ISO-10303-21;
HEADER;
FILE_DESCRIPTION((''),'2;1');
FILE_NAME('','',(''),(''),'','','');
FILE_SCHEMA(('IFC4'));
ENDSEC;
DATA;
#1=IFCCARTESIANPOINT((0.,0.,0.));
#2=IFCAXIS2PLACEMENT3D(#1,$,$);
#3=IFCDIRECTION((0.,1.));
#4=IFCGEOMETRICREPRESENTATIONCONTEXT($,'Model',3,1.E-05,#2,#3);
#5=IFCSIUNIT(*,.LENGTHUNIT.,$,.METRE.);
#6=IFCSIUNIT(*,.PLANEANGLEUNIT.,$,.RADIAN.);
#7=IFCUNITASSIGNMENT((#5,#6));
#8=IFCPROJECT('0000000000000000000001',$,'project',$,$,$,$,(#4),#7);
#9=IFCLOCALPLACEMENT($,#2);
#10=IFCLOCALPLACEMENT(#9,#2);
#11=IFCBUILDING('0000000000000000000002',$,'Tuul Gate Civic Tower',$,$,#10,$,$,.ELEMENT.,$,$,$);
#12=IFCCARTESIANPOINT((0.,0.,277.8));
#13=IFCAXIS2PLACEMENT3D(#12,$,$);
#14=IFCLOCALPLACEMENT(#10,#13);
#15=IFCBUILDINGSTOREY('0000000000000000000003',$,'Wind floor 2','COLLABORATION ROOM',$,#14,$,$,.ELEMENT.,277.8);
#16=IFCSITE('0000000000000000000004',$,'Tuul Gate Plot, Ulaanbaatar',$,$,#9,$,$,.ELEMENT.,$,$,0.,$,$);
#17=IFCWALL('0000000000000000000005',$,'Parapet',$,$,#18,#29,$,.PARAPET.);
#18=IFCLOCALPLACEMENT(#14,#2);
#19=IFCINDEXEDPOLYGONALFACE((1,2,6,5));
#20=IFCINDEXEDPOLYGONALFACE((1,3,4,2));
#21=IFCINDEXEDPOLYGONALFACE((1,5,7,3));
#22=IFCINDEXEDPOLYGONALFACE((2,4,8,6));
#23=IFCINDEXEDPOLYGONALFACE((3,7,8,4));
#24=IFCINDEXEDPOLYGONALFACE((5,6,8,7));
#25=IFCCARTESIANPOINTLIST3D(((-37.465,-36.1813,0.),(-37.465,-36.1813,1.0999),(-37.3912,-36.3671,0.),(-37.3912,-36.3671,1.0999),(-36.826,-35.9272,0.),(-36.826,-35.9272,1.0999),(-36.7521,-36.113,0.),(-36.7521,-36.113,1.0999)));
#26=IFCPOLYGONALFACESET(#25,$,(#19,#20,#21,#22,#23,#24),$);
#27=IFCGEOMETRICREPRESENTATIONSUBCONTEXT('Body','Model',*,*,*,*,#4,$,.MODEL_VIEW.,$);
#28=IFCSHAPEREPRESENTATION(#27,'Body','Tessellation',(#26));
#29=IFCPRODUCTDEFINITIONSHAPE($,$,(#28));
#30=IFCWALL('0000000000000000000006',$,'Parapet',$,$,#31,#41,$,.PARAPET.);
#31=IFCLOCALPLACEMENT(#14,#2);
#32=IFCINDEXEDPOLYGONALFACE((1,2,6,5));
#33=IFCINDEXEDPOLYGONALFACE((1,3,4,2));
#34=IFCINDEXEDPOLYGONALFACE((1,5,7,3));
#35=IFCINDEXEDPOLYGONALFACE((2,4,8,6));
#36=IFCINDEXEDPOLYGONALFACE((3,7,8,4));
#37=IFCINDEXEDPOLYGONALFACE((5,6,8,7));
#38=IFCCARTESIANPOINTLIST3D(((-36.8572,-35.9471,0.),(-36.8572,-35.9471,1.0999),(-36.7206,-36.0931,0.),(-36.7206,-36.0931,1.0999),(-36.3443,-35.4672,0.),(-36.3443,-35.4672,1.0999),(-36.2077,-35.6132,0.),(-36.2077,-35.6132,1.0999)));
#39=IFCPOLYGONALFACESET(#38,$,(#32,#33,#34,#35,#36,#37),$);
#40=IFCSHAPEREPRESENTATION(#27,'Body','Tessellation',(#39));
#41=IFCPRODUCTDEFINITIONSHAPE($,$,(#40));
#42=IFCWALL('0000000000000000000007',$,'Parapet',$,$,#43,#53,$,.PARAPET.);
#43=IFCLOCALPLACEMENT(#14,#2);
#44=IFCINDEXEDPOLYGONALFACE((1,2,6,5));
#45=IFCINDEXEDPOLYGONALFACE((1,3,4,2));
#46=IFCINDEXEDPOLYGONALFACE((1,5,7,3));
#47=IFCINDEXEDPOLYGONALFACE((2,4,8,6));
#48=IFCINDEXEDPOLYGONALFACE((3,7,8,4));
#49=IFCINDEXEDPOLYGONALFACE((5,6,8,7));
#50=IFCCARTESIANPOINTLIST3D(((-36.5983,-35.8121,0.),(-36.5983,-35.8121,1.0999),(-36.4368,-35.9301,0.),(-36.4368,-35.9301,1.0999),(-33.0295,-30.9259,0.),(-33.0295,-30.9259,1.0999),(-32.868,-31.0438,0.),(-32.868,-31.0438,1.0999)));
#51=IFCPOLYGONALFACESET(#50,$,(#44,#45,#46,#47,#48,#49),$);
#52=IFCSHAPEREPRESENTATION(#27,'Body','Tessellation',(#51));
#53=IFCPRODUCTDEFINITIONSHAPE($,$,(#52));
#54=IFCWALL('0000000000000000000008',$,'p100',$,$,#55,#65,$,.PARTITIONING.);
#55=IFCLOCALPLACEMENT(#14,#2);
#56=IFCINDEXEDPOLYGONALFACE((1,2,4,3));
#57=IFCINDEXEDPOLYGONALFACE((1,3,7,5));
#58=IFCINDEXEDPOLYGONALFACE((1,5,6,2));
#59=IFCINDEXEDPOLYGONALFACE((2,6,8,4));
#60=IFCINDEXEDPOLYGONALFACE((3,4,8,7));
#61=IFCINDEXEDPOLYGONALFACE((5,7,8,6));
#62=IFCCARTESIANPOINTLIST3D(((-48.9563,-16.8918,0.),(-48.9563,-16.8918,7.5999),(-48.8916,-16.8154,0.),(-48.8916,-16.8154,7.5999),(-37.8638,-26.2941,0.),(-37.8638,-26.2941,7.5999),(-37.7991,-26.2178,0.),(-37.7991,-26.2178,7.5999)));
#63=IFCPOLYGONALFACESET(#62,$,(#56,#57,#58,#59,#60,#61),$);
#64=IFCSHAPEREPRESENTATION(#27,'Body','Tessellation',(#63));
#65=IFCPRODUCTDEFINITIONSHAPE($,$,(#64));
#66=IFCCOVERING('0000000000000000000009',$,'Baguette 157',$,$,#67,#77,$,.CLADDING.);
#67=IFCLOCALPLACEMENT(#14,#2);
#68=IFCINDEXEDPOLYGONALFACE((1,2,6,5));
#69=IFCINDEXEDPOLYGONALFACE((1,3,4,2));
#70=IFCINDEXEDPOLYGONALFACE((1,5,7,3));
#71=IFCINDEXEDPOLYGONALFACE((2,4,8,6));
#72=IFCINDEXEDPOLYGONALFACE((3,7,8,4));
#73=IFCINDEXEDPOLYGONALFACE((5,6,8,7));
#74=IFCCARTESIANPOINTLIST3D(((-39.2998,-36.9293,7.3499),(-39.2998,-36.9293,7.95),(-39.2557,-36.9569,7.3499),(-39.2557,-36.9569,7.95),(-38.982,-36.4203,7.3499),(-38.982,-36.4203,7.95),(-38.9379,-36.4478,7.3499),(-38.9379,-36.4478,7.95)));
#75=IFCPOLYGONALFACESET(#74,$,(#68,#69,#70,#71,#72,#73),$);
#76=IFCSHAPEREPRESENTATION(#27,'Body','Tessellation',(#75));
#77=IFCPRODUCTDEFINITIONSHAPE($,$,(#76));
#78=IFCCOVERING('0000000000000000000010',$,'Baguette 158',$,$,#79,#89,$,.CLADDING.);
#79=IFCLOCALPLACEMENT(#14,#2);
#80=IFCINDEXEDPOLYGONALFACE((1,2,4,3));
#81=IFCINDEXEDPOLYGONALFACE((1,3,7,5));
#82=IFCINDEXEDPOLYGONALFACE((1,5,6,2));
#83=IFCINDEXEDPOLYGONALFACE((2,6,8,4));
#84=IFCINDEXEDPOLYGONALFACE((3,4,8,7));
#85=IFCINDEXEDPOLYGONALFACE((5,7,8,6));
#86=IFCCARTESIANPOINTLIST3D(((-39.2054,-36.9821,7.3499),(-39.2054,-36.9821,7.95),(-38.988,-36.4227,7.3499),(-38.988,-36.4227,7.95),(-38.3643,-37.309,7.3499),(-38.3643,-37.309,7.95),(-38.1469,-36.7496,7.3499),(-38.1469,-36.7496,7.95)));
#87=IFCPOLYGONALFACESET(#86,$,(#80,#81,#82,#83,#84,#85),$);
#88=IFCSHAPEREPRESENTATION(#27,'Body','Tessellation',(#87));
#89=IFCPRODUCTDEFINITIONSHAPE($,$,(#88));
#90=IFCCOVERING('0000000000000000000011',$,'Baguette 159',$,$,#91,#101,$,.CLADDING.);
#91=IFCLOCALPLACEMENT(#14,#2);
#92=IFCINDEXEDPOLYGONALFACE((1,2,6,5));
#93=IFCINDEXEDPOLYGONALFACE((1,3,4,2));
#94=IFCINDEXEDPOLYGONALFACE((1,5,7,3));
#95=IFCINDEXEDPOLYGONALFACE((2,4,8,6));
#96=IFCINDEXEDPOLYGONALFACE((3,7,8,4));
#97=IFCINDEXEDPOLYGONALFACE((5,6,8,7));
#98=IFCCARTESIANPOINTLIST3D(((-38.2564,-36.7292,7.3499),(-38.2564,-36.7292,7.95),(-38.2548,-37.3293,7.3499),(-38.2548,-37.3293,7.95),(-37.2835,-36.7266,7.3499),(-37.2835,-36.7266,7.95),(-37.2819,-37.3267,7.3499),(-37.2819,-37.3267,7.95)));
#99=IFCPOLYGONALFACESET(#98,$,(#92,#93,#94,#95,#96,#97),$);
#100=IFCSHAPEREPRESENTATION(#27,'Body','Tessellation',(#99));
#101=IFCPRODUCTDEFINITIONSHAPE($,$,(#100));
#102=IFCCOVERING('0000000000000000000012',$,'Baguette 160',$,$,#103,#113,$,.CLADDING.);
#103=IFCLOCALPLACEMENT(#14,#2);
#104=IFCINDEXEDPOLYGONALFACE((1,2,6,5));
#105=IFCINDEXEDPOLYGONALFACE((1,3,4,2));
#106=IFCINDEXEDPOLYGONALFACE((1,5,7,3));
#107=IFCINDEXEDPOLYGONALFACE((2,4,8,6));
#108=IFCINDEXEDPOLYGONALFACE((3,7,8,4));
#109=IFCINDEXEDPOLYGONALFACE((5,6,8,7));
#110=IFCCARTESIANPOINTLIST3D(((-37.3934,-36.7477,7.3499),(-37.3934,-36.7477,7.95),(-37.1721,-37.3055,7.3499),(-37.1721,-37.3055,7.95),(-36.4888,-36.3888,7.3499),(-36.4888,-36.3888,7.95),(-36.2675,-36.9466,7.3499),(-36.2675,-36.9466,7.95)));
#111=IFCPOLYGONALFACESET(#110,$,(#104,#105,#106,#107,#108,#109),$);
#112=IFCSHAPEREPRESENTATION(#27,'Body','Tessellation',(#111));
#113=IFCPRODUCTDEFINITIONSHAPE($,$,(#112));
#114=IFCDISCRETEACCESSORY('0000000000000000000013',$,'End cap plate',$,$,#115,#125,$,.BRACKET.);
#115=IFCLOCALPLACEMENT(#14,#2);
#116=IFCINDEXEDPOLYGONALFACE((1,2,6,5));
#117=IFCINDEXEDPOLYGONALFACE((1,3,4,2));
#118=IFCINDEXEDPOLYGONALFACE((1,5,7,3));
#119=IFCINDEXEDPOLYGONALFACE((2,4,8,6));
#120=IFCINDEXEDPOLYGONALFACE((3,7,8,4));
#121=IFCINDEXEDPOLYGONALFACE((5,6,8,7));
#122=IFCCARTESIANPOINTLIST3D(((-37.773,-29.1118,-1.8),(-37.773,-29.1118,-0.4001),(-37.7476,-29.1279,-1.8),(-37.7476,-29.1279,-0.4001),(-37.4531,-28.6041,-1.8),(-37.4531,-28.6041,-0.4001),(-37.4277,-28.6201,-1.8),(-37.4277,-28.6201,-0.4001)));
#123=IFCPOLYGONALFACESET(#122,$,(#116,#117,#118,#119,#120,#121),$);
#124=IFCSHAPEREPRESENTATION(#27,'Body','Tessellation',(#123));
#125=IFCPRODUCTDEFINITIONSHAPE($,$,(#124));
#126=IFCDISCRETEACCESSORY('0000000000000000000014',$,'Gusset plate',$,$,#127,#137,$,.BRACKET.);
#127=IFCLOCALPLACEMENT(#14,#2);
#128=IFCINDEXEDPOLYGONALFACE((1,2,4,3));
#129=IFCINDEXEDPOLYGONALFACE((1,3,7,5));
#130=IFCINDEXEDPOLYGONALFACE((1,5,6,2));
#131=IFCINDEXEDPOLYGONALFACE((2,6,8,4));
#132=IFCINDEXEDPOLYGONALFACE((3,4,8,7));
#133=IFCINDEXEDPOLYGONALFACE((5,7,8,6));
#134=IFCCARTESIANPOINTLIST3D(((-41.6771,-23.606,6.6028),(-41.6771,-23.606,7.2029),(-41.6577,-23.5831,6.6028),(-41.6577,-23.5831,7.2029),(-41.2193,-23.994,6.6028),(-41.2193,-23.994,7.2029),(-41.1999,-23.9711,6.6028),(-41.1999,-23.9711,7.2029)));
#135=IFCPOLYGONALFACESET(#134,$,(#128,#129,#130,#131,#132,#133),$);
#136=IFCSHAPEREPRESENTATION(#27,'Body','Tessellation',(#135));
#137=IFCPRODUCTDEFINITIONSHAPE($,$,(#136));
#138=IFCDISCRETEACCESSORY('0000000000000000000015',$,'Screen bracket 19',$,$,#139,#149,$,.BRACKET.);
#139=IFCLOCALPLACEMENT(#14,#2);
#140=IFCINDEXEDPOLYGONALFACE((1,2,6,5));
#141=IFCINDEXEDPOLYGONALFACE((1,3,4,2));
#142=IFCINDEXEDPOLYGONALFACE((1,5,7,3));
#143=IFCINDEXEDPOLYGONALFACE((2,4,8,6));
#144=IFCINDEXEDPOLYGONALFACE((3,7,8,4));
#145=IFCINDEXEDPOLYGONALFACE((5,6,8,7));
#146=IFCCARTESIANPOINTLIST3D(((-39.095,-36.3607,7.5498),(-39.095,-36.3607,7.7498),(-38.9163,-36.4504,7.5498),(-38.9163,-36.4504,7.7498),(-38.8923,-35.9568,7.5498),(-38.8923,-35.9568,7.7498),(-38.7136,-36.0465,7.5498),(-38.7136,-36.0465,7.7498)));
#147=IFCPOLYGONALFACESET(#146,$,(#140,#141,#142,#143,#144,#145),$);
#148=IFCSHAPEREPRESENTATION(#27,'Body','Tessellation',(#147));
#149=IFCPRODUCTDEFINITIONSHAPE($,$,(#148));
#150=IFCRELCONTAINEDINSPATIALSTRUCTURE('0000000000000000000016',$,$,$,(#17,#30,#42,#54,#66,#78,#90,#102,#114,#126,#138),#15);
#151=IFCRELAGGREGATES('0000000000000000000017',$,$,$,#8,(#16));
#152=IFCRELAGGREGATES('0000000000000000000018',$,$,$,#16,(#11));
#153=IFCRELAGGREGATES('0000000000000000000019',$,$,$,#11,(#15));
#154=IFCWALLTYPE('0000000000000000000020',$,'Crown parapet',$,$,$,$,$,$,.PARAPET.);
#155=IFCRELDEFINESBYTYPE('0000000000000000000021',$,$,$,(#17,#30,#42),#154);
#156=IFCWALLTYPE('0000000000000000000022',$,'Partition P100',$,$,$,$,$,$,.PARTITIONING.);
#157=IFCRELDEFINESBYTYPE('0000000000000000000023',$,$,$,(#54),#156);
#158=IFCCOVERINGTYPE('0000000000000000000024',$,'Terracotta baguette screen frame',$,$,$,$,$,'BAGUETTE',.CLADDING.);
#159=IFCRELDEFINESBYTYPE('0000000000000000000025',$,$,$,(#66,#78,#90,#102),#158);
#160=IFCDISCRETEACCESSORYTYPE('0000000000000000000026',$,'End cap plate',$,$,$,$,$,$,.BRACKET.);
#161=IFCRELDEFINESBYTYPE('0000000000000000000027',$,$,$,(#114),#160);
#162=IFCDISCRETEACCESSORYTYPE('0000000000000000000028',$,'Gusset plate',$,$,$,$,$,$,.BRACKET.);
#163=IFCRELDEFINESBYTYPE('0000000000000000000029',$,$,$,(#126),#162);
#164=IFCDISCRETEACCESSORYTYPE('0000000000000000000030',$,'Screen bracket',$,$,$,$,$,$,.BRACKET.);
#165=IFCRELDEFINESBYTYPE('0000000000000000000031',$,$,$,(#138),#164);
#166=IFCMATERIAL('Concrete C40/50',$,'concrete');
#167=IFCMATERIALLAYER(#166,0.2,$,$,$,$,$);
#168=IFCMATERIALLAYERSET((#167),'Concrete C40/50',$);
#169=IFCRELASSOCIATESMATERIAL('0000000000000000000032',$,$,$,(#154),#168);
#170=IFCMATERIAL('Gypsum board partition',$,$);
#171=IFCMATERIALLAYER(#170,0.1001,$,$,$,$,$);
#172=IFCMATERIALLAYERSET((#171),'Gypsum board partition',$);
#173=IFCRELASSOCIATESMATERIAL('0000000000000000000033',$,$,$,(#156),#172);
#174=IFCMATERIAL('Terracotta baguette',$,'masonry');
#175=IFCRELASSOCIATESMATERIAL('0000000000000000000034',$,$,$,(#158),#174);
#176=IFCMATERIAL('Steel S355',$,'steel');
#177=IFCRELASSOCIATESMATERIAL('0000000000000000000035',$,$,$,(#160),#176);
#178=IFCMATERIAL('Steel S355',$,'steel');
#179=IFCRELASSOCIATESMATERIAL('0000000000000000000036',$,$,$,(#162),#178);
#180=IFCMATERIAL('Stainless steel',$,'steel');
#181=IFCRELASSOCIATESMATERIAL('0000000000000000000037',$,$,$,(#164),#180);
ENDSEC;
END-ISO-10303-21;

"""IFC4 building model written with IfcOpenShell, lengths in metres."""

from ifc_helpers import new_model, si_unit, direction, frame, frame_2d, origin, origin_2d, place, context, subcontext, project, spatial, rectangle, extrude, material, layer, layer_set, material_profile, profile_set, type_object, element, save


model = new_model("IFC4")

# Units and contexts
model_context = context("Model", 3, precision=1e-05, world=origin(), true_north=direction((0.0, 1.0)))
body_context = subcontext(model_context, "Body", "Model", "MODEL_VIEW")
ifc_project = project(units=[si_unit("LENGTHUNIT", "METRE"), si_unit("PLANEANGLEUNIT", "RADIAN")], contexts=[model_context])

# Site, building, storey
site_placement = place(None, origin())
site = spatial("IfcSite", under=ifc_project, at=site_placement, Name="Tuul Gate Plot, Ulaanbaatar", CompositionType="ELEMENT", RefElevation=0.0)
building_placement = place(site_placement, origin())
building = spatial("IfcBuilding", under=site, at=building_placement, Name="Tuul Gate Civic Tower", CompositionType="ELEMENT")
storey_placement = place(building_placement, frame((0.0, 0.0, 277.8)))
storey = spatial("IfcBuildingStorey", under=building, at=storey_placement, Name="Wind floor 2", Description="COLLABORATION ROOM", CompositionType="ELEMENT", Elevation=277.8)

# Walls
ifc_material_1 = material(Name="Concrete C40/50", Category="concrete")
ifc_layer_1 = layer(ifc_material_1, 0.2)
ifc_layer_set_1 = layer_set([ifc_layer_1], Name="Concrete C40/50")
wall_type_1 = type_object("IfcWallType", Name="Crown parapet", PredefinedType="PARAPET", material=ifc_layer_set_1)
wall_1_placement = place(storey_placement, frame((-37.428, -36.2742, 0.0), z_axis=(0.0, 0.0, 1.0), x_axis=(0.929234, 0.369493, 0.0)))
element("IfcWall", 1, at=wall_1_placement, inside=storey, type_object=wall_type_1, Name="Parapet", PredefinedType="PARAPET", context=body_context, shape_type="SweptSolid", body=[
    extrude(rectangle(XDim=0.6877, YDim=0.2, at=frame_2d((0.3438, 0.0))), origin(), (0.0, 0.0, 1.0), 1.0999),
])
wall_2_placement = place(storey_placement, frame((-36.7888, -36.02, 0.0), z_axis=(0.0, 0.0, 1.0), x_axis=(0.730176, 0.683259, 0.0)))
element("IfcWall", 2, at=wall_2_placement, inside=storey, type_object=wall_type_1, Name="Parapet", PredefinedType="PARAPET", context=body_context, shape_type="SweptSolid", body=[
    extrude(rectangle(XDim=0.7024, YDim=0.2, at=frame_2d((0.3511, 0.0))), origin(), (0.0, 0.0, 1.0), 1.0999),
])
wall_3_placement = place(storey_placement, frame((-36.5176, -35.8711, 0.0), z_axis=(0.0, 0.0, 1.0), x_axis=(0.589816, 0.807537, 0.0)))
element("IfcWall", 3, at=wall_3_placement, inside=storey, type_object=wall_type_1, Name="Parapet", PredefinedType="PARAPET", context=body_context, shape_type="SweptSolid", body=[
    extrude(rectangle(XDim=6.0508, YDim=0.2, at=frame_2d((3.0254, 0.0))), origin(), (0.0, 0.0, 1.0), 1.0999),
])
ifc_material_2 = material(Name="Gypsum board partition")
ifc_layer_2 = layer(ifc_material_2, 0.1001)
ifc_layer_set_2 = layer_set([ifc_layer_2], Name="Gypsum board partition")
wall_type_2 = type_object("IfcWallType", Name="Partition P100", PredefinedType="PARTITIONING", material=ifc_layer_set_2)
wall_4_placement = place(storey_placement, frame((-37.8315, -26.2559, 0.0), z_axis=(0.0, 0.0, 1.0), x_axis=(-0.762831, 0.646598, 0.0)))
element("IfcWall", 4, at=wall_4_placement, inside=storey, type_object=wall_type_2, Name="p100", PredefinedType="PARTITIONING", context=body_context, shape_type="SweptSolid", body=[
    extrude(rectangle(XDim=14.5413, YDim=0.1001, at=frame_2d((7.2705, 0.0))), origin(), (0.0, 0.0, 1.0), 7.5999),
])

# Coverings
ifc_material_3 = material(Name="Terracotta baguette", Category="masonry")
ifc_material_profile_1 = material_profile(ifc_material_3, rectangle(XDim=0.6001, YDim=0.6001, at=origin_2d()), Name="Terracotta baguette screen frame")
ifc_profile_set_1 = profile_set([ifc_material_profile_1], Name="Terracotta baguette")
covering_type = type_object("IfcCoveringType", Name="Terracotta baguette screen frame", ElementType="BAGUETTE", PredefinedType="CLADDING", material=ifc_profile_set_1)
covering_1_placement = place(storey_placement, frame((-39.1409, -36.6748, 7.6499), z_axis=(0.848261, -0.529578, 0.0), x_axis=(0.529578, 0.848261, 0.0)))
element("IfcCovering", 5, at=covering_1_placement, inside=storey, type_object=covering_type, Name="Baguette 157", PredefinedType="CLADDING", context=body_context, shape_type="SweptSolid", body=[
    extrude(rectangle(XDim=0.6001, YDim=0.6001, at=origin_2d()), origin(), (0.0, 0.0, 1.0), 0.052),
])
covering_2_placement = place(storey_placement, frame((-39.0967, -36.7024, 7.6499), z_axis=(0.932071, -0.362277, 0.0), x_axis=(0.362277, 0.932071, 0.0)))
element("IfcCovering", 6, at=covering_2_placement, inside=storey, type_object=covering_type, Name="Baguette 158", PredefinedType="CLADDING", context=body_context, shape_type="SweptSolid", body=[
    extrude(rectangle(XDim=0.6001, YDim=0.6001, at=origin_2d()), origin(), (0.0, 0.0, 1.0), 0.9023),
])
covering_3_placement = place(storey_placement, frame((-38.2556, -37.0293, 7.6499), z_axis=(0.999996, 0.00276, 0.0), x_axis=(-0.00276, 0.999996, 0.0)))
element("IfcCovering", 7, at=covering_3_placement, inside=storey, type_object=covering_type, Name="Baguette 159", PredefinedType="CLADDING", context=body_context, shape_type="SweptSolid", body=[
    extrude(rectangle(XDim=0.6001, YDim=0.6001, at=origin_2d()), origin(), (0.0, 0.0, 1.0), 0.9729),
])
covering_4_placement = place(storey_placement, frame((-37.2827, -37.0266, 7.6499), z_axis=(0.929511, 0.368794, 0.0), x_axis=(-0.368794, 0.929511, 0.0)))
element("IfcCovering", 8, at=covering_4_placement, inside=storey, type_object=covering_type, Name="Baguette 160", PredefinedType="CLADDING", context=body_context, shape_type="SweptSolid", body=[
    extrude(rectangle(XDim=0.6001, YDim=0.6001, at=origin_2d()), origin(), (0.0, 0.0, 1.0), 0.9731),
])

# Discrete accessories
ifc_material_4 = material(Name="Steel S355", Category="steel")
discrete_accessory_type_1 = type_object("IfcDiscreteAccessoryType", Name="End cap plate", PredefinedType="BRACKET", material=ifc_material_4)
discrete_accessory_1_placement = place(storey_placement, frame((-37.6003, -28.866, -1.8), z_axis=(0.0, 0.0, 1.0), x_axis=(0.846132, -0.532973, 0.0)))
element("IfcDiscreteAccessory", 9, at=discrete_accessory_1_placement, inside=storey, type_object=discrete_accessory_type_1, Name="End cap plate", PredefinedType="BRACKET", context=body_context, shape_type="SweptSolid", body=[
    extrude(rectangle(XDim=0.03, YDim=0.6001, at=origin_2d()), origin(), (0.0, 0.0, 1.0), 1.3999),
])
ifc_material_5 = material(Name="Steel S355", Category="steel")
discrete_accessory_type_2 = type_object("IfcDiscreteAccessoryType", Name="Gusset plate", PredefinedType="BRACKET", material=ifc_material_5)
discrete_accessory_2_placement = place(storey_placement, frame((-41.4385, -23.7886, 6.6028), z_axis=(0.0, 0.0, 1.0), x_axis=(-0.762825, 0.646605, 0.0)))
element("IfcDiscreteAccessory", 10, at=discrete_accessory_2_placement, inside=storey, type_object=discrete_accessory_type_2, Name="Gusset plate", PredefinedType="BRACKET", context=body_context, shape_type="SweptSolid", body=[
    extrude(rectangle(XDim=0.6001, YDim=0.03, at=origin_2d()), origin(), (0.0, 0.0, 1.0), 0.6001),
])
ifc_material_6 = material(Name="Stainless steel", Category="steel")
discrete_accessory_type_3 = type_object("IfcDiscreteAccessoryType", Name="Screen bracket", PredefinedType="BRACKET", material=ifc_material_6)
discrete_accessory_3_placement = place(storey_placement, frame((-38.9043, -36.2036, 7.5498), z_axis=(0.0, 0.0, 1.0), x_axis=(-0.448605, -0.89373, 0.0)))
element("IfcDiscreteAccessory", 11, at=discrete_accessory_3_placement, inside=storey, type_object=discrete_accessory_type_3, Name="Screen bracket 19", PredefinedType="BRACKET", context=body_context, shape_type="SweptSolid", body=[
    extrude(rectangle(XDim=0.4519, YDim=0.2, at=origin_2d()), origin(), (0.0, 0.0, 1.0), 0.2),
])

save(model, "model.ifc")
